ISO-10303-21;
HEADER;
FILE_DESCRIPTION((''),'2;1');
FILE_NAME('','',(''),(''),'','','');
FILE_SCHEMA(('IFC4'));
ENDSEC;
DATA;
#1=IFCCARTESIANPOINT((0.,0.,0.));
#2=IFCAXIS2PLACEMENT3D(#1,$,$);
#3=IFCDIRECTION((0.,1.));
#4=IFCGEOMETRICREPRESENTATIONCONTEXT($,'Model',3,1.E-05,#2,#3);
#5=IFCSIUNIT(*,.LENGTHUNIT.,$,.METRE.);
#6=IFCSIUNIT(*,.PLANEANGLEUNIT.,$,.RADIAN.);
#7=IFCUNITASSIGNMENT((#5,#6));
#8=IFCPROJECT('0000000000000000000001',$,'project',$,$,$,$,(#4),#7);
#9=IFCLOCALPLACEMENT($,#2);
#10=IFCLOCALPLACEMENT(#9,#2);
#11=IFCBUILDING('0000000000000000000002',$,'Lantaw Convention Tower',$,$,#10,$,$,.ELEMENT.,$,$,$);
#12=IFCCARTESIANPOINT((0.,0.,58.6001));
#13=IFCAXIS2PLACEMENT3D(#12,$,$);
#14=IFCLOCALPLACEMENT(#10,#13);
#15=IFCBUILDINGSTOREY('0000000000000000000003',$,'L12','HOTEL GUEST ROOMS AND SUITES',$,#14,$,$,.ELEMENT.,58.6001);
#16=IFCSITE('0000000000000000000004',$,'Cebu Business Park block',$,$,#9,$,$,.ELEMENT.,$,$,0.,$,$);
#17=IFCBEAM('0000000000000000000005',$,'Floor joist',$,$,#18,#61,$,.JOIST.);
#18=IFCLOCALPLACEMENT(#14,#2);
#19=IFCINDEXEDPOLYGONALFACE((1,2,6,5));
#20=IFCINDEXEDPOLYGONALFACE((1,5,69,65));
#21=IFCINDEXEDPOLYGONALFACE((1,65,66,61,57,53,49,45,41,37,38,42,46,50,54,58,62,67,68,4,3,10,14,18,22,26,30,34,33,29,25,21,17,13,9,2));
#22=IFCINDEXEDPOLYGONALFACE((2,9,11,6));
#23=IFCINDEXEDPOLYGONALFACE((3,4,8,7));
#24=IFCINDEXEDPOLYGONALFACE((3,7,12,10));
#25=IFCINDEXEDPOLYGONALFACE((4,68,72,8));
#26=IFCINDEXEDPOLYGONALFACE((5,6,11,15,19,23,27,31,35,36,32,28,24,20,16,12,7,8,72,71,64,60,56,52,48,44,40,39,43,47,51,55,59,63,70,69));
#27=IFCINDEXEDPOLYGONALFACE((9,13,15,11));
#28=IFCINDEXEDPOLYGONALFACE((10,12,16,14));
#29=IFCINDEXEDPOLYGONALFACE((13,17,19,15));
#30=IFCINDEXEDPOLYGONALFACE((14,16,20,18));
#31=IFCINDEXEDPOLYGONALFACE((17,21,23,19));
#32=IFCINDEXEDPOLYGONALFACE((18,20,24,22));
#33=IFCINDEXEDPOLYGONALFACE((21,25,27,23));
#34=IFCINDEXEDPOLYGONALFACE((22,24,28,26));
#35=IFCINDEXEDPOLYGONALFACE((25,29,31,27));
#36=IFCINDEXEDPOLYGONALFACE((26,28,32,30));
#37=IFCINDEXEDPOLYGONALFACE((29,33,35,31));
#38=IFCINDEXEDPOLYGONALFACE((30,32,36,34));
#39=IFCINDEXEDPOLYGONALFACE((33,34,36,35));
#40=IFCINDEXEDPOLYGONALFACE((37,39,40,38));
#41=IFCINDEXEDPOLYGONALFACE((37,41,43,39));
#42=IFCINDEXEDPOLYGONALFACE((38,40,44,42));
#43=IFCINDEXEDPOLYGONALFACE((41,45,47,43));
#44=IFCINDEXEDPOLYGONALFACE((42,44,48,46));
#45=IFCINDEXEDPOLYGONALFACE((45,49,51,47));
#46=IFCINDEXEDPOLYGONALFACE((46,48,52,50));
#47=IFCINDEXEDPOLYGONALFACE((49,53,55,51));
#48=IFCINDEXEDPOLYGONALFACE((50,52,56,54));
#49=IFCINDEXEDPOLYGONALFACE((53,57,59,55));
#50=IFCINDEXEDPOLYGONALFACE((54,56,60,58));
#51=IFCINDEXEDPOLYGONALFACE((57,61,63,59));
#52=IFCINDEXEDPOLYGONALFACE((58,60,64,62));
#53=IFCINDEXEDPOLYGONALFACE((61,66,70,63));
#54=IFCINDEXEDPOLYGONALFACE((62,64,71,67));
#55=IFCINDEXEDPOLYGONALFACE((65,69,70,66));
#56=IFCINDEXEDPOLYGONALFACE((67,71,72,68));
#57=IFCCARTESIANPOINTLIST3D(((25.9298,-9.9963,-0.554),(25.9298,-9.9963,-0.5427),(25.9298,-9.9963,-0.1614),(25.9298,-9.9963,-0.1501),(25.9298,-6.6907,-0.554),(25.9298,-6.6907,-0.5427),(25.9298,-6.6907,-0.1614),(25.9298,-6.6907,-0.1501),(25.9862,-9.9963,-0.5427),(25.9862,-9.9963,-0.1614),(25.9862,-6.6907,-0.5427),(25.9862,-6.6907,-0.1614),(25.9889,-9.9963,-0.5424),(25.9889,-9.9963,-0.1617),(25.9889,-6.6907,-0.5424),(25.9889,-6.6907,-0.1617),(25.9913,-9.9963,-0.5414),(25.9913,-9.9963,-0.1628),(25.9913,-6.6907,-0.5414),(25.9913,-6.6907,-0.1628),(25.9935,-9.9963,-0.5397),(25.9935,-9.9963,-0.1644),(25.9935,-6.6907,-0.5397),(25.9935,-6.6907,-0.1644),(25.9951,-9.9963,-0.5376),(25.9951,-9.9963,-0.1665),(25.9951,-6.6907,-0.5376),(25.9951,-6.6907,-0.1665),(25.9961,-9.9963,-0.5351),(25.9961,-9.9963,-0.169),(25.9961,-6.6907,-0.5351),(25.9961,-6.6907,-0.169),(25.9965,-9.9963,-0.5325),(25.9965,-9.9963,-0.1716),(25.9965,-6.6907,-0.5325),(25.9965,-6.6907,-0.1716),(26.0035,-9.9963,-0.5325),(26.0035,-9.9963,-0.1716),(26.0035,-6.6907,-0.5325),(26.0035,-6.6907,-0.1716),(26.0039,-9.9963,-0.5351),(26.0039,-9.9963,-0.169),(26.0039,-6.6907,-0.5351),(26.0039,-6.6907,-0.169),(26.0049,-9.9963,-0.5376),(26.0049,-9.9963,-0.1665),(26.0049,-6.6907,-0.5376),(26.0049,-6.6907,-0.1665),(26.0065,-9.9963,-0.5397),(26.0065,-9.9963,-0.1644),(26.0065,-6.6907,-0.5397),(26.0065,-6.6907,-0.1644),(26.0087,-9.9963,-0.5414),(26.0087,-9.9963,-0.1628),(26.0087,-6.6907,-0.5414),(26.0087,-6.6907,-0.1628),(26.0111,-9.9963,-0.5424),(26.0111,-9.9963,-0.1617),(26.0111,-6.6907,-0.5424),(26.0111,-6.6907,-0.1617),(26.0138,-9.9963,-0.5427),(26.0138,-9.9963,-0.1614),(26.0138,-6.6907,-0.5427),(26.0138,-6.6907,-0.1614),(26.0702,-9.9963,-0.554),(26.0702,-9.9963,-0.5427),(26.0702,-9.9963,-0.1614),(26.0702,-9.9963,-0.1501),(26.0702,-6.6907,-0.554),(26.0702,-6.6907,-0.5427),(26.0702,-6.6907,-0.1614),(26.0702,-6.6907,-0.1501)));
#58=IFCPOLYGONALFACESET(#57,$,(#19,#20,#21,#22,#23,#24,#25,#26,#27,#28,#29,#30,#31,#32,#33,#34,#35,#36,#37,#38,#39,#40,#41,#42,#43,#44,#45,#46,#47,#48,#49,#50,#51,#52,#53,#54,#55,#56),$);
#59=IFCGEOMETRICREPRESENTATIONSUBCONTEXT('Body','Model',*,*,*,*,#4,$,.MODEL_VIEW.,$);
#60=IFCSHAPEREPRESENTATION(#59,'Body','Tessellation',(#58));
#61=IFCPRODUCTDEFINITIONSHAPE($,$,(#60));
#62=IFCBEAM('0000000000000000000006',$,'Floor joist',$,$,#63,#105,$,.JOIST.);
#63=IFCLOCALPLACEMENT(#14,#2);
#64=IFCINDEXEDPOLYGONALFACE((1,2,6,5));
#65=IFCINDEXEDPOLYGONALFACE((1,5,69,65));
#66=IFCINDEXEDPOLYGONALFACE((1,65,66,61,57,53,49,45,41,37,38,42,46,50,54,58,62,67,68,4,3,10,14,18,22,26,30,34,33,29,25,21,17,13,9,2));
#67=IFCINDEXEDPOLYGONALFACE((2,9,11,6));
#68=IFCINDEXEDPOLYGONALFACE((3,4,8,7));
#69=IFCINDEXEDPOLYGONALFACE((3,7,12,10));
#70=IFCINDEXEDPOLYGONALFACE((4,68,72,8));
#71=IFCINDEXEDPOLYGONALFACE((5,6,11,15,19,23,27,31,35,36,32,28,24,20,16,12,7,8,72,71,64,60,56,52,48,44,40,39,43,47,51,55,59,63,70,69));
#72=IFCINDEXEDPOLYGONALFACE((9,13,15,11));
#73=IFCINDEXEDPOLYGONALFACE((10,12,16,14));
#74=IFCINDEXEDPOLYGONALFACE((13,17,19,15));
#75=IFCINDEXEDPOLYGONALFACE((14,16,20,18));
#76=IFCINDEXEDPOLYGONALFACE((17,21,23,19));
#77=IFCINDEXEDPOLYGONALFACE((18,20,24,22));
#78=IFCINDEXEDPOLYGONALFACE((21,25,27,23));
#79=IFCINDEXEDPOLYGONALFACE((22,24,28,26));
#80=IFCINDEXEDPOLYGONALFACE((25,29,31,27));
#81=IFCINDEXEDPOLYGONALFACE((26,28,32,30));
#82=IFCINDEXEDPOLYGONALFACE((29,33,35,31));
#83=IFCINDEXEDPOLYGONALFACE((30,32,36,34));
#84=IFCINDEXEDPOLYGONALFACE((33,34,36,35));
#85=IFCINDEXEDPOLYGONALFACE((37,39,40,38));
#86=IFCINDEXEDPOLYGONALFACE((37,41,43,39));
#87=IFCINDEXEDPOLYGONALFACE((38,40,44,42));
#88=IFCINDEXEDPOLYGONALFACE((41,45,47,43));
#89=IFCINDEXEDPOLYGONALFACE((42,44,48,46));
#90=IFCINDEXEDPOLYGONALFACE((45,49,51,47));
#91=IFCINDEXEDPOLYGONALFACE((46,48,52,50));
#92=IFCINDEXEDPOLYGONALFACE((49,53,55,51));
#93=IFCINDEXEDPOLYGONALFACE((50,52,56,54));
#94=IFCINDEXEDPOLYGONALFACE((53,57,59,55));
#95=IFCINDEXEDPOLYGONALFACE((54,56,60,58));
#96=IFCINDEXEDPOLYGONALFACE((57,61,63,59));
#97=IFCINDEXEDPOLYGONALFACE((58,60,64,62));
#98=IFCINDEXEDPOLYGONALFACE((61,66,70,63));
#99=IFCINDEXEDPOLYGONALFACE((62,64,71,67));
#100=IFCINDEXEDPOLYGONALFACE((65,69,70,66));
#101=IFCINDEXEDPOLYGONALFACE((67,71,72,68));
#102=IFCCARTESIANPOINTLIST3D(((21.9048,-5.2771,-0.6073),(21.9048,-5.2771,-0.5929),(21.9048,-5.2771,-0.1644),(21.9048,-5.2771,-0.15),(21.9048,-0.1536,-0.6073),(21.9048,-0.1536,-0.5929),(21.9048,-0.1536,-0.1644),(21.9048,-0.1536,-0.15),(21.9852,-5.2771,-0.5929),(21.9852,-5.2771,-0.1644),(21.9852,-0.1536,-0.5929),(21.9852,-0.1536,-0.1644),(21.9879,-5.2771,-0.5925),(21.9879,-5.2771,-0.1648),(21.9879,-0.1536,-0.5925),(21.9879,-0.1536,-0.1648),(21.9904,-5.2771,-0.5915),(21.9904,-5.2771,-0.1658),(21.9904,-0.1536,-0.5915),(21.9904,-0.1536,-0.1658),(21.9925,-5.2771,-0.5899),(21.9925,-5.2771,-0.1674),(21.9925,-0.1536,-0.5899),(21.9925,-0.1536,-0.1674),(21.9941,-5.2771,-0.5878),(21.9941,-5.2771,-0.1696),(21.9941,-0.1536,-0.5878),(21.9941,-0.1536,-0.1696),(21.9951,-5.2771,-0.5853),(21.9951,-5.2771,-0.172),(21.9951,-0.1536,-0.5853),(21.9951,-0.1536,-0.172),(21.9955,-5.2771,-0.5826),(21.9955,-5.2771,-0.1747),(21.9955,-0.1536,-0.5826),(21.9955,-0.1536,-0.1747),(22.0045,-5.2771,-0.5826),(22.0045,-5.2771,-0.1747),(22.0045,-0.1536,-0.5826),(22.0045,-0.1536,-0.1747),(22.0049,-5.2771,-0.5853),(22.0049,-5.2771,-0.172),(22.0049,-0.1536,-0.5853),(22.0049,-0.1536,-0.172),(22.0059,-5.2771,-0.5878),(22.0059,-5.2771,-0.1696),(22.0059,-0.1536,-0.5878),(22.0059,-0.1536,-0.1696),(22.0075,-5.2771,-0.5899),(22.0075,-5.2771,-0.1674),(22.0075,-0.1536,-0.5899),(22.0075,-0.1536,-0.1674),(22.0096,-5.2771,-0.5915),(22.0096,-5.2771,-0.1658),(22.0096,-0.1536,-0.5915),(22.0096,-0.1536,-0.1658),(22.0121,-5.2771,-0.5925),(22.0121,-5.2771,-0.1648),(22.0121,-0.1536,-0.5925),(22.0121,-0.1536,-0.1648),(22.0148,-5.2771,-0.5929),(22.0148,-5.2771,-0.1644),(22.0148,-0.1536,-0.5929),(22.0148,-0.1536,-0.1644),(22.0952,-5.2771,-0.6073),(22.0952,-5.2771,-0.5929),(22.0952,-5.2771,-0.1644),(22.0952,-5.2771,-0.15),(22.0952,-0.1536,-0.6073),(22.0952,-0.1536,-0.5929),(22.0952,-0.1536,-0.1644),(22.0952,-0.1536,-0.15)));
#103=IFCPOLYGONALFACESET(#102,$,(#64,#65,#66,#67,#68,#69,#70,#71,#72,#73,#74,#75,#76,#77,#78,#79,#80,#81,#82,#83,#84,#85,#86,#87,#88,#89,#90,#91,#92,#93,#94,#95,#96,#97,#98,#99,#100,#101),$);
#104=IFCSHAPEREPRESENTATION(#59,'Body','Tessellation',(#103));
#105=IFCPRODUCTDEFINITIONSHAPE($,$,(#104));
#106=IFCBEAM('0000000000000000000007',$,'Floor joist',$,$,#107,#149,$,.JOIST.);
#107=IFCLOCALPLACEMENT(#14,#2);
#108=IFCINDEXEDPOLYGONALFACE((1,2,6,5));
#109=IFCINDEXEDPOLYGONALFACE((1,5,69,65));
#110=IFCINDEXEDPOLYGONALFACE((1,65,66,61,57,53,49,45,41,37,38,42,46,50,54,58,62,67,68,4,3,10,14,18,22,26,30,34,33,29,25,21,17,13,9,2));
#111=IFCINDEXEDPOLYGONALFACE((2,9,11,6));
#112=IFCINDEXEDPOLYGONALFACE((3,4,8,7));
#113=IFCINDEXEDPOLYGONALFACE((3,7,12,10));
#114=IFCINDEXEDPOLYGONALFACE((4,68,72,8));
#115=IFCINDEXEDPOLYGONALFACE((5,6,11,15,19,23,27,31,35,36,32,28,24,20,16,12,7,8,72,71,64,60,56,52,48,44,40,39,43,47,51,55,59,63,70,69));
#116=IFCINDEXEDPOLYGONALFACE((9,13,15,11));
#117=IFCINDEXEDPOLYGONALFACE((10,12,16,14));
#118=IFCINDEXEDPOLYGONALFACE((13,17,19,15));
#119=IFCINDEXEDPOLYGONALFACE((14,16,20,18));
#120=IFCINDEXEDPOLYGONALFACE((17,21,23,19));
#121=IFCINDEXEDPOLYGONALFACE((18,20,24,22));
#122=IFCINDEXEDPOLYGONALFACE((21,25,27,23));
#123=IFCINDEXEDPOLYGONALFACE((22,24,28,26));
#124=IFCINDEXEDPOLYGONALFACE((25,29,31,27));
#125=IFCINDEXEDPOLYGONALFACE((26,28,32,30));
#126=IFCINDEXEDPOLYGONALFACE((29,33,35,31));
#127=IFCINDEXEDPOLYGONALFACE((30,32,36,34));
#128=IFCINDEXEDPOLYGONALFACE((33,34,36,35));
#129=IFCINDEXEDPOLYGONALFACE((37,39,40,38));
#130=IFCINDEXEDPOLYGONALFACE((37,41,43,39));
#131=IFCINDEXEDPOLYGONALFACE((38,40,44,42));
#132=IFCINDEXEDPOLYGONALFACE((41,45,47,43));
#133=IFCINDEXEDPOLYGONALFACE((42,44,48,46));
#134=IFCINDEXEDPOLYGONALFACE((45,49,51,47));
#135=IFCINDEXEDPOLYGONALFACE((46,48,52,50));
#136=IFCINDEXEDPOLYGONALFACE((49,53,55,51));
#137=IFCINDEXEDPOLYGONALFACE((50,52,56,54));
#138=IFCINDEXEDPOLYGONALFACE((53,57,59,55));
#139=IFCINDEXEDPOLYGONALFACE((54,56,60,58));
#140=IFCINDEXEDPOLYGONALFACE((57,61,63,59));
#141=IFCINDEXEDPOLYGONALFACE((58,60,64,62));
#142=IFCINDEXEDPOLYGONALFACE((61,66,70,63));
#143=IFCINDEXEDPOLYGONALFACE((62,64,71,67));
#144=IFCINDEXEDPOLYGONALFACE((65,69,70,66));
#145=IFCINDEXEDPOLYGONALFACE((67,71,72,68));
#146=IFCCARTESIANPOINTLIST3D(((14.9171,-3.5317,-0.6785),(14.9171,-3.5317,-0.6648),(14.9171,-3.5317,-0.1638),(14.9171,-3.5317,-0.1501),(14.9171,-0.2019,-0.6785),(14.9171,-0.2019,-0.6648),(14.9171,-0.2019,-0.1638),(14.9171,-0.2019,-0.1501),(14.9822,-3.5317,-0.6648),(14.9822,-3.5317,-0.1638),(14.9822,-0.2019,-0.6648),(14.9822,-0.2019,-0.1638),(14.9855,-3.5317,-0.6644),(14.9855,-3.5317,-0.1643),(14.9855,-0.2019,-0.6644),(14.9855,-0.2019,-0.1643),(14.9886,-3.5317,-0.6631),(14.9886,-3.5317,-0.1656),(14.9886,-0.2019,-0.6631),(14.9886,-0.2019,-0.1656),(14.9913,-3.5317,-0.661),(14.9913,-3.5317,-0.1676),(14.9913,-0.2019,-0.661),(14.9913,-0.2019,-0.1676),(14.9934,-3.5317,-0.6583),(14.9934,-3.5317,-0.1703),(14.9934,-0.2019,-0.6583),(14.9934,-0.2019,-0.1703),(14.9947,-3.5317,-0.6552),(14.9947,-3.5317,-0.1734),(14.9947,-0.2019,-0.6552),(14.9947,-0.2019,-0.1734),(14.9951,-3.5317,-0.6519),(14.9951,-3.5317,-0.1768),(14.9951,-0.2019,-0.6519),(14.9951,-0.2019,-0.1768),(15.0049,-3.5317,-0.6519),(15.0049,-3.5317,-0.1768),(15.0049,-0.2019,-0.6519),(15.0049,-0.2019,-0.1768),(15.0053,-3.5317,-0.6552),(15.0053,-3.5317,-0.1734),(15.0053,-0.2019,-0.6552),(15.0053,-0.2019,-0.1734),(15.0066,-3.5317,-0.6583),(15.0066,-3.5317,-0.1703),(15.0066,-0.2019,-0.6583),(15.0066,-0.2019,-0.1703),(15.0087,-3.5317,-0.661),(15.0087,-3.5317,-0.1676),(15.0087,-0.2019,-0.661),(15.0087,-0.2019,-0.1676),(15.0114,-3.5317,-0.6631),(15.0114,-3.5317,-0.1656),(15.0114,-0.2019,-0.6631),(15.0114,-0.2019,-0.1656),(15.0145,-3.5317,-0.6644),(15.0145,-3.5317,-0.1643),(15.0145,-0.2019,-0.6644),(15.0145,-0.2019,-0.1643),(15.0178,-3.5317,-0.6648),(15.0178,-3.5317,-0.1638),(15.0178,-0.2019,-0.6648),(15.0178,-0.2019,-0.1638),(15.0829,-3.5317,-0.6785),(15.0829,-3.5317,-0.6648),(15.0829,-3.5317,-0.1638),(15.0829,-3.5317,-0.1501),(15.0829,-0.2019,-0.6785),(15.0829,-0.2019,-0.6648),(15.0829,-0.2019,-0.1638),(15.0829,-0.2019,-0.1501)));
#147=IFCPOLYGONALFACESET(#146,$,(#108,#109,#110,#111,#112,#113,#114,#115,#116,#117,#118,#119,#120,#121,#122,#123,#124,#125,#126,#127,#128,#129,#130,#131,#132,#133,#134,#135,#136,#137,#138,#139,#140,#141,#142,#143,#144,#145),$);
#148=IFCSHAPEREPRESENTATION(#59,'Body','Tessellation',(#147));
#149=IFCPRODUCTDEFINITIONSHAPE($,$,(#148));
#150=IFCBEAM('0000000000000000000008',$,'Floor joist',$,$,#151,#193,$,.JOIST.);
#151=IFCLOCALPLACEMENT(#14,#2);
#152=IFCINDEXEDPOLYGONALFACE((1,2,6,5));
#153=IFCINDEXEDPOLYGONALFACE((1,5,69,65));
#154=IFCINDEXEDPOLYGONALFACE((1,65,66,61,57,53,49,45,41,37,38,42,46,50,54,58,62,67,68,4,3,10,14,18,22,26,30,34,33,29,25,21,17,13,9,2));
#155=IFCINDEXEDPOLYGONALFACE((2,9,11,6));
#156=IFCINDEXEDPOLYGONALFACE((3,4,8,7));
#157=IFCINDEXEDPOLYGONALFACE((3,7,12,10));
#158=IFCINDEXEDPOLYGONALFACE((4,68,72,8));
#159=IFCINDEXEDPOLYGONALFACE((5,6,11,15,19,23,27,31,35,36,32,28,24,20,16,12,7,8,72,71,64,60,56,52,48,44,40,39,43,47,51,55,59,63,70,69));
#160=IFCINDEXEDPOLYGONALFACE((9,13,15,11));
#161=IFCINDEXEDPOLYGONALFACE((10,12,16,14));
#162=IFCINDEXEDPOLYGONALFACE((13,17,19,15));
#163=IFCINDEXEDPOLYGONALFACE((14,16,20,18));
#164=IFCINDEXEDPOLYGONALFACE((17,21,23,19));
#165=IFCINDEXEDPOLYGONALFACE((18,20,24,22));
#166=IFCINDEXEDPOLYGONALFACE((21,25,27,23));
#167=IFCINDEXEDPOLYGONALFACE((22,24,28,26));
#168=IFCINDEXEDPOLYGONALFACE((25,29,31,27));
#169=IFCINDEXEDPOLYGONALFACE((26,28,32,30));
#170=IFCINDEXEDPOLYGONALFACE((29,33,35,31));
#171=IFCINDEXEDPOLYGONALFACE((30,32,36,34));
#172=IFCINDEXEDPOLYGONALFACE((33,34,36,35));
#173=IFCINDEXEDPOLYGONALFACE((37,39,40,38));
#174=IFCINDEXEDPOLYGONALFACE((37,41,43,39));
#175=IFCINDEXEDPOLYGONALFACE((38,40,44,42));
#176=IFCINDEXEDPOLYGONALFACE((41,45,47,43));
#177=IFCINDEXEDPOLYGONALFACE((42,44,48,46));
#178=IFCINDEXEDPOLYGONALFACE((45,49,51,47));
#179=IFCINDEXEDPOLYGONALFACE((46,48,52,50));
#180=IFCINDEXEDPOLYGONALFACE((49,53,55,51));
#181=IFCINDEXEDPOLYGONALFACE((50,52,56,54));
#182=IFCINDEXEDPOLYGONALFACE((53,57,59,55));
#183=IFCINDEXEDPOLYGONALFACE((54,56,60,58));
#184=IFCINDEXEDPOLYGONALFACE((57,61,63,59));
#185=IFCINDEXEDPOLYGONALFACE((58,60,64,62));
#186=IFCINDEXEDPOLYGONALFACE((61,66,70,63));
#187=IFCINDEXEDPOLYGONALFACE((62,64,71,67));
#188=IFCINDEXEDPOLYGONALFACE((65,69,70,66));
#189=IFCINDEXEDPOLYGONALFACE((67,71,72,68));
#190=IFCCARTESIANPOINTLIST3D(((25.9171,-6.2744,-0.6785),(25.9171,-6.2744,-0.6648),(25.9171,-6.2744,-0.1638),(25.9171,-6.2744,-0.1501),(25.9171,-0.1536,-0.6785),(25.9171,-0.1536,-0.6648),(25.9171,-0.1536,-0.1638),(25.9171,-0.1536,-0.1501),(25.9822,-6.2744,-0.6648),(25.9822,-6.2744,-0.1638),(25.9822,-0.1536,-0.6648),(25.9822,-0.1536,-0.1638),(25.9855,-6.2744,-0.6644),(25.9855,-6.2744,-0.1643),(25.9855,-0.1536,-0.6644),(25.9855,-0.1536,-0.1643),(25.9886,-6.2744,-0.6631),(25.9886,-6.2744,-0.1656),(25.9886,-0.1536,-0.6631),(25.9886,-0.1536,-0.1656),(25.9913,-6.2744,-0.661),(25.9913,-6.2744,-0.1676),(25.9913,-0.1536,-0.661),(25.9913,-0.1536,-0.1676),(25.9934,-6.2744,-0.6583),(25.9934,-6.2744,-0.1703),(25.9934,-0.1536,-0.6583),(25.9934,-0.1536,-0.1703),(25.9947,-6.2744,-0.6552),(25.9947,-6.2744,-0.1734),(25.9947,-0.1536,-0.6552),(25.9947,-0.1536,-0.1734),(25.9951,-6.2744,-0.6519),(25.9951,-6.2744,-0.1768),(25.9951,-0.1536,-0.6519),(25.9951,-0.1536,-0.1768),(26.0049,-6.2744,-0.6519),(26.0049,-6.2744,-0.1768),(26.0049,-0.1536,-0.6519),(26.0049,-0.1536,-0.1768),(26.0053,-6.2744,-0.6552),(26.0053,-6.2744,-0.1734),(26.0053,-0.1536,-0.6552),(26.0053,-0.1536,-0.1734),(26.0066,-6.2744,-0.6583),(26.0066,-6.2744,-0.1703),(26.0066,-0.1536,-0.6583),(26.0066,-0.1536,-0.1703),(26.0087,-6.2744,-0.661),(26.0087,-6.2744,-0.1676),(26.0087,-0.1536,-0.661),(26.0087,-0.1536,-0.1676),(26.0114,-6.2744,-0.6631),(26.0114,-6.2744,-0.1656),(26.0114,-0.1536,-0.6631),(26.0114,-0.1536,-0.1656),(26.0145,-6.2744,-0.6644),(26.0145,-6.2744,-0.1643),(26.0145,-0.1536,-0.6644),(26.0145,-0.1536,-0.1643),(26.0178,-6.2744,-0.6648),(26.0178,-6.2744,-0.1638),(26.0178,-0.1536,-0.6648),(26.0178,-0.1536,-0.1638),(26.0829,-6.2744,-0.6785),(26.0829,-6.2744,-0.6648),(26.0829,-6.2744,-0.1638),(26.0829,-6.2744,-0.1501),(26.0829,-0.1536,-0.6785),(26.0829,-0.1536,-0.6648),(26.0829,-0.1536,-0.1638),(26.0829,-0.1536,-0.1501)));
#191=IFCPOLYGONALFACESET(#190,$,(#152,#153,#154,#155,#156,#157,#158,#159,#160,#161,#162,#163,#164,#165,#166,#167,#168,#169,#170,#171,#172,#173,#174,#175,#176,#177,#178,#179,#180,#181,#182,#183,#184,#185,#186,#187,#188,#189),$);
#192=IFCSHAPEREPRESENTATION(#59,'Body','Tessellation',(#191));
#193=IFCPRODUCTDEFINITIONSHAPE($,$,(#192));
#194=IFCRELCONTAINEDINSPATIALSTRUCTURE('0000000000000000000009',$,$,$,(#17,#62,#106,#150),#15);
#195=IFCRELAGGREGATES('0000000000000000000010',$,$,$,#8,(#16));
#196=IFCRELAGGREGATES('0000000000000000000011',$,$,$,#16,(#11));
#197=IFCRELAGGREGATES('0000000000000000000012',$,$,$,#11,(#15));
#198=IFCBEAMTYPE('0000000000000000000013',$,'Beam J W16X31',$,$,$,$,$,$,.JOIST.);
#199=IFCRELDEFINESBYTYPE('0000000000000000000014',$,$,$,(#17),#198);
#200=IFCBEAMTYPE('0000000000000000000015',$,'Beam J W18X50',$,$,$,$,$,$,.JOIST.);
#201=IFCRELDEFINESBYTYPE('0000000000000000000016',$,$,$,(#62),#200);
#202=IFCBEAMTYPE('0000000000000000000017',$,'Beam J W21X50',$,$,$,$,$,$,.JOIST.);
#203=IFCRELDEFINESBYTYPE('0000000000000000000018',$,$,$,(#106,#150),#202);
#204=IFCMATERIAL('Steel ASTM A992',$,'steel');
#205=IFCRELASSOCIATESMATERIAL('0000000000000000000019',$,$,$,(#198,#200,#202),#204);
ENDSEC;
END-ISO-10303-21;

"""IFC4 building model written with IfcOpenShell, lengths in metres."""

from ifc_helpers import new_model, si_unit, direction, frame, origin, origin_2d, place, context, subcontext, project, spatial, i_section, extrude, material, material_profile, profile_set, type_object, element, save


model = new_model("IFC4")

# Units and contexts
model_context = context("Model", 3, precision=1e-05, world=origin(), true_north=direction((0.0, 1.0)))
body_context = subcontext(model_context, "Body", "Model", "MODEL_VIEW")
ifc_project = project(units=[si_unit("LENGTHUNIT", "METRE"), si_unit("PLANEANGLEUNIT", "RADIAN")], contexts=[model_context])

# Site, building, storey
site_placement = place(None, origin())
site = spatial("IfcSite", under=ifc_project, at=site_placement, Name="Cebu Business Park block", CompositionType="ELEMENT", RefElevation=0.0)
building_placement = place(site_placement, origin())
building = spatial("IfcBuilding", under=site, at=building_placement, Name="Lantaw Convention Tower", CompositionType="ELEMENT")
storey_placement = place(building_placement, frame((0.0, 0.0, 58.6001)))
storey = spatial("IfcBuildingStorey", under=building, at=storey_placement, Name="L12", Description="HOTEL GUEST ROOMS AND SUITES", CompositionType="ELEMENT", Elevation=58.6001)

# Beams
ifc_material_1 = material(Name="Steel ASTM A992", Category="steel")
ifc_material_profile_1 = material_profile(ifc_material_1, i_section(OverallWidth=0.1404, OverallDepth=0.4038, WebThickness=0.0071, FlangeThickness=0.0112, FilletRadius=0.0103, at=origin_2d()), Name="W16X31")
ifc_profile_set_1 = profile_set([ifc_material_profile_1], Name="Steel ASTM A992")
beam_type_1 = type_object("IfcBeamType", Name="Beam J W16X31", PredefinedType="JOIST", material=ifc_profile_set_1)
beam_1_placement = place(storey_placement, frame((26.0, -9.9963, -0.3521), z_axis=(0.0, 1.0, 0.0), x_axis=(-1.0, 0.0, 0.0)))
element("IfcBeam", 1, at=beam_1_placement, inside=storey, type_object=beam_type_1, Name="Floor joist", PredefinedType="JOIST", context=body_context, shape_type="SweptSolid", body=[
    extrude(i_section(OverallWidth=0.1404, OverallDepth=0.4038, WebThickness=0.0071, FlangeThickness=0.0112, FilletRadius=0.0103, at=origin_2d()), origin(), (0.0, 0.0, 1.0), 3.3057),
])
ifc_material_profile_2 = material_profile(ifc_material_1, i_section(OverallWidth=0.1904, OverallDepth=0.4573, WebThickness=0.009, FlangeThickness=0.0144, FilletRadius=0.0103, at=origin_2d()), Name="W18X50")
ifc_profile_set_2 = profile_set([ifc_material_profile_2], Name="Steel ASTM A992")
beam_type_2 = type_object("IfcBeamType", Name="Beam J W18X50", PredefinedType="JOIST", material=ifc_profile_set_2)
beam_2_placement = place(storey_placement, frame((22.0, -5.2771, -0.3787), z_axis=(0.0, 1.0, 0.0), x_axis=(-1.0, 0.0, 0.0)))
element("IfcBeam", 2, at=beam_2_placement, inside=storey, type_object=beam_type_2, Name="Floor joist", PredefinedType="JOIST", context=body_context, shape_type="SweptSolid", body=[
    extrude(i_section(OverallWidth=0.1904, OverallDepth=0.4573, WebThickness=0.009, FlangeThickness=0.0144, FilletRadius=0.0103, at=origin_2d()), origin(), (0.0, 0.0, 1.0), 5.1235),
])
ifc_material_profile_3 = material_profile(ifc_material_1, i_section(OverallWidth=0.1658, OverallDepth=0.5283, WebThickness=0.0098, FlangeThickness=0.0137, FilletRadius=0.0129, at=origin_2d()), Name="W21X50")
ifc_profile_set_3 = profile_set([ifc_material_profile_3], Name="Steel ASTM A992")
beam_type_3 = type_object("IfcBeamType", Name="Beam J W21X50", PredefinedType="JOIST", material=ifc_profile_set_3)
beam_3_placement = place(storey_placement, frame((15.0, -3.5317, -0.4143), z_axis=(0.0, 1.0, 0.0), x_axis=(-1.0, 0.0, 0.0)))
element("IfcBeam", 3, at=beam_3_placement, inside=storey, type_object=beam_type_3, Name="Floor joist", PredefinedType="JOIST", context=body_context, shape_type="SweptSolid", body=[
    extrude(i_section(OverallWidth=0.1658, OverallDepth=0.5283, WebThickness=0.0098, FlangeThickness=0.0137, FilletRadius=0.0129, at=origin_2d()), origin(), (0.0, 0.0, 1.0), 3.3298),
])
beam_4_placement = place(storey_placement, frame((26.0, -6.2744, -0.4143), z_axis=(0.0, 1.0, 0.0), x_axis=(-1.0, 0.0, 0.0)))
element("IfcBeam", 4, at=beam_4_placement, inside=storey, type_object=beam_type_3, Name="Floor joist", PredefinedType="JOIST", context=body_context, shape_type="SweptSolid", body=[
    extrude(i_section(OverallWidth=0.1658, OverallDepth=0.5283, WebThickness=0.0098, FlangeThickness=0.0137, FilletRadius=0.0129, at=origin_2d()), origin(), (0.0, 0.0, 1.0), 6.1208),
])

save(model, "model.ifc")
